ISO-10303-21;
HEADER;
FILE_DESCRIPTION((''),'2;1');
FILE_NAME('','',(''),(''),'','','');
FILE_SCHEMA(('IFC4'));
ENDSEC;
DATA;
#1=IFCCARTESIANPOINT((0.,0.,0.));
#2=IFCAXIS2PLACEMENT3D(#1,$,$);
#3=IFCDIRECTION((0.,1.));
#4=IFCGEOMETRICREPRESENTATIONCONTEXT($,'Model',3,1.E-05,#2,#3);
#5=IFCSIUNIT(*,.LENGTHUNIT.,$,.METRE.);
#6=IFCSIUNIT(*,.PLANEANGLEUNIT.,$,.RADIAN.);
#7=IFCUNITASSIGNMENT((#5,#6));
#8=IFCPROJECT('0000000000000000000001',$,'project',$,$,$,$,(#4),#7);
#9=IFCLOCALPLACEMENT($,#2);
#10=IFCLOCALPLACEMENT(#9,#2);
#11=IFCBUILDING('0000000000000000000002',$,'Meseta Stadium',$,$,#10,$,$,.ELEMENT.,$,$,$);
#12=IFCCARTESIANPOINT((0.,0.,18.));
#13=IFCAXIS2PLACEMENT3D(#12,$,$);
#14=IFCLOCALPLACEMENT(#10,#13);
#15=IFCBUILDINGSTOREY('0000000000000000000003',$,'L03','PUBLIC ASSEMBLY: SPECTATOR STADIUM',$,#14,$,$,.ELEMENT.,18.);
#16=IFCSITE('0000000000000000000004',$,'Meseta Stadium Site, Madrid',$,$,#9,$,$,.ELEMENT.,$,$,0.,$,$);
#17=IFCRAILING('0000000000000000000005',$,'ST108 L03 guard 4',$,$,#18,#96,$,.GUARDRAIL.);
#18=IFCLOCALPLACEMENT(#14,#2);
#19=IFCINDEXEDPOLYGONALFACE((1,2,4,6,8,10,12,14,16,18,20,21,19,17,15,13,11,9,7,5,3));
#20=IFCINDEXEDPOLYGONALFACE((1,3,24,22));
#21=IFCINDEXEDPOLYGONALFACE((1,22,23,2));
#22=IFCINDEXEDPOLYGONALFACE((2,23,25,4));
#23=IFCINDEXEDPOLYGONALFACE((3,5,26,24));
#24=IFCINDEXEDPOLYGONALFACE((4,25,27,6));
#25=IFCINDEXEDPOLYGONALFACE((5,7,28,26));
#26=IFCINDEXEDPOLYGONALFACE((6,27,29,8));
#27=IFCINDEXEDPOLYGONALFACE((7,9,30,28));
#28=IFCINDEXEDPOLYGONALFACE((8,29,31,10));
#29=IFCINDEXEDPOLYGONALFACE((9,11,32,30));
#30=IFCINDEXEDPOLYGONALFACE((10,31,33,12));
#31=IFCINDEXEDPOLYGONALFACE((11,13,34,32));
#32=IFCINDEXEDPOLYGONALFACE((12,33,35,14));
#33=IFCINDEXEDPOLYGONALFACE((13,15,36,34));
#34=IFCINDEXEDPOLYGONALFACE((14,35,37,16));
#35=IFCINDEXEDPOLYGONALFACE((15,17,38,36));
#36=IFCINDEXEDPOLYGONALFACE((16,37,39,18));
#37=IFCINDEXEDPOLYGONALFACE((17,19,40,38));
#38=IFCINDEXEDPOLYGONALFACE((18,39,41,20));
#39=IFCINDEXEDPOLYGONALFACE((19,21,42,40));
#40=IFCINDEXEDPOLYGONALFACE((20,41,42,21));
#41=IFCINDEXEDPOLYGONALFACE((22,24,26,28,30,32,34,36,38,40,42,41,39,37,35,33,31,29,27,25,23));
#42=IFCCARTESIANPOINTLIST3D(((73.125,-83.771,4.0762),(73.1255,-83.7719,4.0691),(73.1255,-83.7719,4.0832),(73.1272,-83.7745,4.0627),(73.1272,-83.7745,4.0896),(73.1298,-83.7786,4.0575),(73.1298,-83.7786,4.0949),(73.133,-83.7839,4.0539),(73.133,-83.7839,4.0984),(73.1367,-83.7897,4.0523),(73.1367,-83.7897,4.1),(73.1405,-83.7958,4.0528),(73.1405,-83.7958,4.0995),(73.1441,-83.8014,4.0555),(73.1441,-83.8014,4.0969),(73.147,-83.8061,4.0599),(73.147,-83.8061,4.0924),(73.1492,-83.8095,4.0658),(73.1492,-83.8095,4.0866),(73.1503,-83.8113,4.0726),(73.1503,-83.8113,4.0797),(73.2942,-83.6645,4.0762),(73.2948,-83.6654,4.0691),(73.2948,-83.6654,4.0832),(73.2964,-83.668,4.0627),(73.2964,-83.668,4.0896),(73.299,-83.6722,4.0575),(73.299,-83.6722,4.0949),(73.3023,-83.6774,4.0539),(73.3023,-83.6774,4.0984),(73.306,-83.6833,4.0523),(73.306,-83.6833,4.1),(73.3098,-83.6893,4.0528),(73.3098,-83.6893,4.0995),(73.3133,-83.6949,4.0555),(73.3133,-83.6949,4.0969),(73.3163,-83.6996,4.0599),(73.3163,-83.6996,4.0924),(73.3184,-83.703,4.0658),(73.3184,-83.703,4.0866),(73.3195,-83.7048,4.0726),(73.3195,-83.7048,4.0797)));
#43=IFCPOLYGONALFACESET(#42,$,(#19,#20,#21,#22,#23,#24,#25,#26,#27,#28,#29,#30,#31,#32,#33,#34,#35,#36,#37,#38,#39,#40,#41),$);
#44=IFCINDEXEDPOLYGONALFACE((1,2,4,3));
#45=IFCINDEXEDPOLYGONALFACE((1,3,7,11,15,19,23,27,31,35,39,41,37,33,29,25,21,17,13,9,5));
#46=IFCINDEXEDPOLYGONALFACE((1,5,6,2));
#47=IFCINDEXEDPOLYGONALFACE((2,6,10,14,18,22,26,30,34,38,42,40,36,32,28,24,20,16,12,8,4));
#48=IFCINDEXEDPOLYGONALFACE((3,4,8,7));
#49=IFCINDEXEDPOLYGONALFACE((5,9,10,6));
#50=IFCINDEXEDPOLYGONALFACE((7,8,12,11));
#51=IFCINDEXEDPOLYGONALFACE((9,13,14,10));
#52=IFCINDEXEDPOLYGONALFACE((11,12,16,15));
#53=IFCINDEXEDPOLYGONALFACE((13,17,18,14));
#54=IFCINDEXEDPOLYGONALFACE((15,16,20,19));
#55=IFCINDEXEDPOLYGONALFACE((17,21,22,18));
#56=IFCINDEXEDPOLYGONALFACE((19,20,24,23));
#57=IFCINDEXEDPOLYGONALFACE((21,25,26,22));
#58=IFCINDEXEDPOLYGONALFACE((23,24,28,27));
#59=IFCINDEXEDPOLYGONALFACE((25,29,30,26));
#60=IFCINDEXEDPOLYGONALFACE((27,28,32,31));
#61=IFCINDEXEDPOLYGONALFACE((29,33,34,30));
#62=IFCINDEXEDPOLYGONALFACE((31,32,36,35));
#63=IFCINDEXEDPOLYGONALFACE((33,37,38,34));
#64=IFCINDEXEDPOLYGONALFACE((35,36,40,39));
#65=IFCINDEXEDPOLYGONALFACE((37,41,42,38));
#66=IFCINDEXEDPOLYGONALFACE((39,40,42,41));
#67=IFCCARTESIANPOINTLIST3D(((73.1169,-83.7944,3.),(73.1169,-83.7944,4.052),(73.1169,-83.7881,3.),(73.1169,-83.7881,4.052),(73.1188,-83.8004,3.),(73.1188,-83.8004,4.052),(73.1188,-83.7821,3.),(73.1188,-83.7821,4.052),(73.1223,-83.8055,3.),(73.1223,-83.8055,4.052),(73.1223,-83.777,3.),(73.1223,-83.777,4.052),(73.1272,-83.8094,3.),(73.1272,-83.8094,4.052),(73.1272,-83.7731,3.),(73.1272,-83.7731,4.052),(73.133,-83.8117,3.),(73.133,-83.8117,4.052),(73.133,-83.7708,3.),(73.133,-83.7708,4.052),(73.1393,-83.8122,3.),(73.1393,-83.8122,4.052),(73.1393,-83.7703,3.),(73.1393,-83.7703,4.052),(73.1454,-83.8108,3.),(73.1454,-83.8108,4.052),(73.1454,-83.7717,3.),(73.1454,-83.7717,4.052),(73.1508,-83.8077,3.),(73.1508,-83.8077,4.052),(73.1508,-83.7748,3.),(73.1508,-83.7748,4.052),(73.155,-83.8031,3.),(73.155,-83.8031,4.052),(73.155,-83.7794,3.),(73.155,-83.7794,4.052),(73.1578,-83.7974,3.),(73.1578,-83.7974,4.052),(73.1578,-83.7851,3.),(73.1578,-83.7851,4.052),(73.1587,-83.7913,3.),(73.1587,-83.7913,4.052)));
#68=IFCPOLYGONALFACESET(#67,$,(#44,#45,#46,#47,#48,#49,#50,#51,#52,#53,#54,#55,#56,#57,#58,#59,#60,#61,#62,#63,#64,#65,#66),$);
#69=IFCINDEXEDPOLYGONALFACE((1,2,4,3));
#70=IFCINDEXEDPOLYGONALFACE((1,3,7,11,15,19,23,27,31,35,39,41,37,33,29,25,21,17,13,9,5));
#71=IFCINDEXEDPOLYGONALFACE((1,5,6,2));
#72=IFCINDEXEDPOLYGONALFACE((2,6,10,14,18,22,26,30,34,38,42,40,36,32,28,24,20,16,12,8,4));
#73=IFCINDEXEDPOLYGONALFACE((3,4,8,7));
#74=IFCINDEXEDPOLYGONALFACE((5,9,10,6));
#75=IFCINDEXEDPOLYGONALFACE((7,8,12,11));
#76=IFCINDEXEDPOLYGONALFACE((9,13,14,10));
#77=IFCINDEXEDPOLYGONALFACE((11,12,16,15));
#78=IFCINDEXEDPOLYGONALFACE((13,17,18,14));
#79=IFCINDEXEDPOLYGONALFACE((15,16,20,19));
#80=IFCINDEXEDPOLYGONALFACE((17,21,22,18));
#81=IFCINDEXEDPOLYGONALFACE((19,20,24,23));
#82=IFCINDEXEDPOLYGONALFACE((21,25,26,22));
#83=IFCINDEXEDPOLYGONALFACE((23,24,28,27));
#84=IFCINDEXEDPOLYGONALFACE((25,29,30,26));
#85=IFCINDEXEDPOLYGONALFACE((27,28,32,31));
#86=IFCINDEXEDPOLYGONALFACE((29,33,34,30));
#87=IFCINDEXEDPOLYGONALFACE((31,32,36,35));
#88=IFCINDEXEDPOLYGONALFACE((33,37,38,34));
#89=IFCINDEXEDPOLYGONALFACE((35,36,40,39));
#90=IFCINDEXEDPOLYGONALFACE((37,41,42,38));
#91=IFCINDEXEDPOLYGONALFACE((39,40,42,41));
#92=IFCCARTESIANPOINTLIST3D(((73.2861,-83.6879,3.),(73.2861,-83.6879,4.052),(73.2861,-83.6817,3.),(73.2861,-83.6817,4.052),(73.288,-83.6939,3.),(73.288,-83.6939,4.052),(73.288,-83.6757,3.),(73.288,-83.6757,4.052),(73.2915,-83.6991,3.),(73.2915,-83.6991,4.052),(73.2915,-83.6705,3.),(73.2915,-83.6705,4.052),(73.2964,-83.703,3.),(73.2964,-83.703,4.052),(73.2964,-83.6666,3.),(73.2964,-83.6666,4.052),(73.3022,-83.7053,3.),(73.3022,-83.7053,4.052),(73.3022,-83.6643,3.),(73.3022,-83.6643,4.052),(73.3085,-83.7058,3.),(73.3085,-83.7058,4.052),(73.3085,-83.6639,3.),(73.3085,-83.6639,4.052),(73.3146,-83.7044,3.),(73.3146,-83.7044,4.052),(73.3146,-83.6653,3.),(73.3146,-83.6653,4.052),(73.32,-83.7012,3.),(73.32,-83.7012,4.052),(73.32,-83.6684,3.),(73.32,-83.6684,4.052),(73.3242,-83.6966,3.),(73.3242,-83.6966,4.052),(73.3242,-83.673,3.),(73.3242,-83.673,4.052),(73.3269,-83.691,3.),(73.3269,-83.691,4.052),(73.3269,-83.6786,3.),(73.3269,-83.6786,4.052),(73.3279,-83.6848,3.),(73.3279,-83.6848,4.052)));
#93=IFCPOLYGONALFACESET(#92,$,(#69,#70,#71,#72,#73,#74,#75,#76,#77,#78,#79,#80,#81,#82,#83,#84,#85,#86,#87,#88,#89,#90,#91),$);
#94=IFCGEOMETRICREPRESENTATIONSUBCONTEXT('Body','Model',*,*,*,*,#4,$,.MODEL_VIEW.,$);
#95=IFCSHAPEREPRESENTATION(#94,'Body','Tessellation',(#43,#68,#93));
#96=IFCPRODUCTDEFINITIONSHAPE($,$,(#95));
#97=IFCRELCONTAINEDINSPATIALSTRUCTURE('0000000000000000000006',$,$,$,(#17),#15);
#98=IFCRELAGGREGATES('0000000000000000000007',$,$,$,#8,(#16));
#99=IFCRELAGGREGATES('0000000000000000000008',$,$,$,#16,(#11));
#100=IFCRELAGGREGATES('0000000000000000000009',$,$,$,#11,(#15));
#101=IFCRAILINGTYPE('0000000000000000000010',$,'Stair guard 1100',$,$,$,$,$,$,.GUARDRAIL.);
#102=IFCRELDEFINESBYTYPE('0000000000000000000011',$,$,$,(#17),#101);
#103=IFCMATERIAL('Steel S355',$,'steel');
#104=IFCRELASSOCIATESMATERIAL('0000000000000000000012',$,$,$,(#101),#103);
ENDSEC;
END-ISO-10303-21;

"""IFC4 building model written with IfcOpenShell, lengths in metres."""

from ifc_helpers import new_model, si_unit, direction, frame, origin, origin_2d, place, context, subcontext, project, spatial, circle, extrude, material, type_object, element, save


model = new_model("IFC4")

# Units and contexts
model_context = context("Model", 3, precision=1e-05, world=origin(), true_north=direction((0.0, 1.0)))
body_context = subcontext(model_context, "Body", "Model", "MODEL_VIEW")
ifc_project = project(units=[si_unit("LENGTHUNIT", "METRE"), si_unit("PLANEANGLEUNIT", "RADIAN")], contexts=[model_context])

# Site, building, storey
site_placement = place(None, origin())
site = spatial("IfcSite", under=ifc_project, at=site_placement, Name="Meseta Stadium Site, Madrid", CompositionType="ELEMENT", RefElevation=0.0)
building_placement = place(site_placement, origin())
building = spatial("IfcBuilding", under=site, at=building_placement, Name="Meseta Stadium", CompositionType="ELEMENT")
storey_placement = place(building_placement, frame((0.0, 0.0, 18.0)))
storey = spatial("IfcBuildingStorey", under=building, at=storey_placement, Name="L03", Description="PUBLIC ASSEMBLY: SPECTATOR STADIUM", CompositionType="ELEMENT", Elevation=18.0)

# Railing
ifc_material_1 = material(Name="Steel S355", Category="steel")
railing_type_1 = type_object("IfcRailingType", Name="Stair guard 1100", PredefinedType="GUARDRAIL", material=ifc_material_1)
railing_1_placement = place(storey_placement, frame((73.1377, -83.7913, 3.0)))
element("IfcRailing", 1, at=railing_1_placement, inside=storey, type_object=railing_type_1, Name="ST108 L03 guard 4", PredefinedType="GUARDRAIL", context=body_context, shape_type="SweptSolid", body=[
    extrude(circle(Radius=0.0239, at=origin_2d()), frame((0.0, 0.0, 1.0762), z_axis=(0.846416, 0.532522, 0.0), x_axis=(-0.532522, 0.846416, 0.0)), (0.0, 0.0, 1.0), 0.2),
    extrude(circle(Radius=0.021, at=origin_2d()), origin(), (0.0, 0.0, 1.0), 1.052),
    extrude(circle(Radius=0.021, at=origin_2d()), frame((0.1692, 0.1064, 0.0)), (0.0, 0.0, 1.0), 1.052),
])

save(model, "model.ifc")
